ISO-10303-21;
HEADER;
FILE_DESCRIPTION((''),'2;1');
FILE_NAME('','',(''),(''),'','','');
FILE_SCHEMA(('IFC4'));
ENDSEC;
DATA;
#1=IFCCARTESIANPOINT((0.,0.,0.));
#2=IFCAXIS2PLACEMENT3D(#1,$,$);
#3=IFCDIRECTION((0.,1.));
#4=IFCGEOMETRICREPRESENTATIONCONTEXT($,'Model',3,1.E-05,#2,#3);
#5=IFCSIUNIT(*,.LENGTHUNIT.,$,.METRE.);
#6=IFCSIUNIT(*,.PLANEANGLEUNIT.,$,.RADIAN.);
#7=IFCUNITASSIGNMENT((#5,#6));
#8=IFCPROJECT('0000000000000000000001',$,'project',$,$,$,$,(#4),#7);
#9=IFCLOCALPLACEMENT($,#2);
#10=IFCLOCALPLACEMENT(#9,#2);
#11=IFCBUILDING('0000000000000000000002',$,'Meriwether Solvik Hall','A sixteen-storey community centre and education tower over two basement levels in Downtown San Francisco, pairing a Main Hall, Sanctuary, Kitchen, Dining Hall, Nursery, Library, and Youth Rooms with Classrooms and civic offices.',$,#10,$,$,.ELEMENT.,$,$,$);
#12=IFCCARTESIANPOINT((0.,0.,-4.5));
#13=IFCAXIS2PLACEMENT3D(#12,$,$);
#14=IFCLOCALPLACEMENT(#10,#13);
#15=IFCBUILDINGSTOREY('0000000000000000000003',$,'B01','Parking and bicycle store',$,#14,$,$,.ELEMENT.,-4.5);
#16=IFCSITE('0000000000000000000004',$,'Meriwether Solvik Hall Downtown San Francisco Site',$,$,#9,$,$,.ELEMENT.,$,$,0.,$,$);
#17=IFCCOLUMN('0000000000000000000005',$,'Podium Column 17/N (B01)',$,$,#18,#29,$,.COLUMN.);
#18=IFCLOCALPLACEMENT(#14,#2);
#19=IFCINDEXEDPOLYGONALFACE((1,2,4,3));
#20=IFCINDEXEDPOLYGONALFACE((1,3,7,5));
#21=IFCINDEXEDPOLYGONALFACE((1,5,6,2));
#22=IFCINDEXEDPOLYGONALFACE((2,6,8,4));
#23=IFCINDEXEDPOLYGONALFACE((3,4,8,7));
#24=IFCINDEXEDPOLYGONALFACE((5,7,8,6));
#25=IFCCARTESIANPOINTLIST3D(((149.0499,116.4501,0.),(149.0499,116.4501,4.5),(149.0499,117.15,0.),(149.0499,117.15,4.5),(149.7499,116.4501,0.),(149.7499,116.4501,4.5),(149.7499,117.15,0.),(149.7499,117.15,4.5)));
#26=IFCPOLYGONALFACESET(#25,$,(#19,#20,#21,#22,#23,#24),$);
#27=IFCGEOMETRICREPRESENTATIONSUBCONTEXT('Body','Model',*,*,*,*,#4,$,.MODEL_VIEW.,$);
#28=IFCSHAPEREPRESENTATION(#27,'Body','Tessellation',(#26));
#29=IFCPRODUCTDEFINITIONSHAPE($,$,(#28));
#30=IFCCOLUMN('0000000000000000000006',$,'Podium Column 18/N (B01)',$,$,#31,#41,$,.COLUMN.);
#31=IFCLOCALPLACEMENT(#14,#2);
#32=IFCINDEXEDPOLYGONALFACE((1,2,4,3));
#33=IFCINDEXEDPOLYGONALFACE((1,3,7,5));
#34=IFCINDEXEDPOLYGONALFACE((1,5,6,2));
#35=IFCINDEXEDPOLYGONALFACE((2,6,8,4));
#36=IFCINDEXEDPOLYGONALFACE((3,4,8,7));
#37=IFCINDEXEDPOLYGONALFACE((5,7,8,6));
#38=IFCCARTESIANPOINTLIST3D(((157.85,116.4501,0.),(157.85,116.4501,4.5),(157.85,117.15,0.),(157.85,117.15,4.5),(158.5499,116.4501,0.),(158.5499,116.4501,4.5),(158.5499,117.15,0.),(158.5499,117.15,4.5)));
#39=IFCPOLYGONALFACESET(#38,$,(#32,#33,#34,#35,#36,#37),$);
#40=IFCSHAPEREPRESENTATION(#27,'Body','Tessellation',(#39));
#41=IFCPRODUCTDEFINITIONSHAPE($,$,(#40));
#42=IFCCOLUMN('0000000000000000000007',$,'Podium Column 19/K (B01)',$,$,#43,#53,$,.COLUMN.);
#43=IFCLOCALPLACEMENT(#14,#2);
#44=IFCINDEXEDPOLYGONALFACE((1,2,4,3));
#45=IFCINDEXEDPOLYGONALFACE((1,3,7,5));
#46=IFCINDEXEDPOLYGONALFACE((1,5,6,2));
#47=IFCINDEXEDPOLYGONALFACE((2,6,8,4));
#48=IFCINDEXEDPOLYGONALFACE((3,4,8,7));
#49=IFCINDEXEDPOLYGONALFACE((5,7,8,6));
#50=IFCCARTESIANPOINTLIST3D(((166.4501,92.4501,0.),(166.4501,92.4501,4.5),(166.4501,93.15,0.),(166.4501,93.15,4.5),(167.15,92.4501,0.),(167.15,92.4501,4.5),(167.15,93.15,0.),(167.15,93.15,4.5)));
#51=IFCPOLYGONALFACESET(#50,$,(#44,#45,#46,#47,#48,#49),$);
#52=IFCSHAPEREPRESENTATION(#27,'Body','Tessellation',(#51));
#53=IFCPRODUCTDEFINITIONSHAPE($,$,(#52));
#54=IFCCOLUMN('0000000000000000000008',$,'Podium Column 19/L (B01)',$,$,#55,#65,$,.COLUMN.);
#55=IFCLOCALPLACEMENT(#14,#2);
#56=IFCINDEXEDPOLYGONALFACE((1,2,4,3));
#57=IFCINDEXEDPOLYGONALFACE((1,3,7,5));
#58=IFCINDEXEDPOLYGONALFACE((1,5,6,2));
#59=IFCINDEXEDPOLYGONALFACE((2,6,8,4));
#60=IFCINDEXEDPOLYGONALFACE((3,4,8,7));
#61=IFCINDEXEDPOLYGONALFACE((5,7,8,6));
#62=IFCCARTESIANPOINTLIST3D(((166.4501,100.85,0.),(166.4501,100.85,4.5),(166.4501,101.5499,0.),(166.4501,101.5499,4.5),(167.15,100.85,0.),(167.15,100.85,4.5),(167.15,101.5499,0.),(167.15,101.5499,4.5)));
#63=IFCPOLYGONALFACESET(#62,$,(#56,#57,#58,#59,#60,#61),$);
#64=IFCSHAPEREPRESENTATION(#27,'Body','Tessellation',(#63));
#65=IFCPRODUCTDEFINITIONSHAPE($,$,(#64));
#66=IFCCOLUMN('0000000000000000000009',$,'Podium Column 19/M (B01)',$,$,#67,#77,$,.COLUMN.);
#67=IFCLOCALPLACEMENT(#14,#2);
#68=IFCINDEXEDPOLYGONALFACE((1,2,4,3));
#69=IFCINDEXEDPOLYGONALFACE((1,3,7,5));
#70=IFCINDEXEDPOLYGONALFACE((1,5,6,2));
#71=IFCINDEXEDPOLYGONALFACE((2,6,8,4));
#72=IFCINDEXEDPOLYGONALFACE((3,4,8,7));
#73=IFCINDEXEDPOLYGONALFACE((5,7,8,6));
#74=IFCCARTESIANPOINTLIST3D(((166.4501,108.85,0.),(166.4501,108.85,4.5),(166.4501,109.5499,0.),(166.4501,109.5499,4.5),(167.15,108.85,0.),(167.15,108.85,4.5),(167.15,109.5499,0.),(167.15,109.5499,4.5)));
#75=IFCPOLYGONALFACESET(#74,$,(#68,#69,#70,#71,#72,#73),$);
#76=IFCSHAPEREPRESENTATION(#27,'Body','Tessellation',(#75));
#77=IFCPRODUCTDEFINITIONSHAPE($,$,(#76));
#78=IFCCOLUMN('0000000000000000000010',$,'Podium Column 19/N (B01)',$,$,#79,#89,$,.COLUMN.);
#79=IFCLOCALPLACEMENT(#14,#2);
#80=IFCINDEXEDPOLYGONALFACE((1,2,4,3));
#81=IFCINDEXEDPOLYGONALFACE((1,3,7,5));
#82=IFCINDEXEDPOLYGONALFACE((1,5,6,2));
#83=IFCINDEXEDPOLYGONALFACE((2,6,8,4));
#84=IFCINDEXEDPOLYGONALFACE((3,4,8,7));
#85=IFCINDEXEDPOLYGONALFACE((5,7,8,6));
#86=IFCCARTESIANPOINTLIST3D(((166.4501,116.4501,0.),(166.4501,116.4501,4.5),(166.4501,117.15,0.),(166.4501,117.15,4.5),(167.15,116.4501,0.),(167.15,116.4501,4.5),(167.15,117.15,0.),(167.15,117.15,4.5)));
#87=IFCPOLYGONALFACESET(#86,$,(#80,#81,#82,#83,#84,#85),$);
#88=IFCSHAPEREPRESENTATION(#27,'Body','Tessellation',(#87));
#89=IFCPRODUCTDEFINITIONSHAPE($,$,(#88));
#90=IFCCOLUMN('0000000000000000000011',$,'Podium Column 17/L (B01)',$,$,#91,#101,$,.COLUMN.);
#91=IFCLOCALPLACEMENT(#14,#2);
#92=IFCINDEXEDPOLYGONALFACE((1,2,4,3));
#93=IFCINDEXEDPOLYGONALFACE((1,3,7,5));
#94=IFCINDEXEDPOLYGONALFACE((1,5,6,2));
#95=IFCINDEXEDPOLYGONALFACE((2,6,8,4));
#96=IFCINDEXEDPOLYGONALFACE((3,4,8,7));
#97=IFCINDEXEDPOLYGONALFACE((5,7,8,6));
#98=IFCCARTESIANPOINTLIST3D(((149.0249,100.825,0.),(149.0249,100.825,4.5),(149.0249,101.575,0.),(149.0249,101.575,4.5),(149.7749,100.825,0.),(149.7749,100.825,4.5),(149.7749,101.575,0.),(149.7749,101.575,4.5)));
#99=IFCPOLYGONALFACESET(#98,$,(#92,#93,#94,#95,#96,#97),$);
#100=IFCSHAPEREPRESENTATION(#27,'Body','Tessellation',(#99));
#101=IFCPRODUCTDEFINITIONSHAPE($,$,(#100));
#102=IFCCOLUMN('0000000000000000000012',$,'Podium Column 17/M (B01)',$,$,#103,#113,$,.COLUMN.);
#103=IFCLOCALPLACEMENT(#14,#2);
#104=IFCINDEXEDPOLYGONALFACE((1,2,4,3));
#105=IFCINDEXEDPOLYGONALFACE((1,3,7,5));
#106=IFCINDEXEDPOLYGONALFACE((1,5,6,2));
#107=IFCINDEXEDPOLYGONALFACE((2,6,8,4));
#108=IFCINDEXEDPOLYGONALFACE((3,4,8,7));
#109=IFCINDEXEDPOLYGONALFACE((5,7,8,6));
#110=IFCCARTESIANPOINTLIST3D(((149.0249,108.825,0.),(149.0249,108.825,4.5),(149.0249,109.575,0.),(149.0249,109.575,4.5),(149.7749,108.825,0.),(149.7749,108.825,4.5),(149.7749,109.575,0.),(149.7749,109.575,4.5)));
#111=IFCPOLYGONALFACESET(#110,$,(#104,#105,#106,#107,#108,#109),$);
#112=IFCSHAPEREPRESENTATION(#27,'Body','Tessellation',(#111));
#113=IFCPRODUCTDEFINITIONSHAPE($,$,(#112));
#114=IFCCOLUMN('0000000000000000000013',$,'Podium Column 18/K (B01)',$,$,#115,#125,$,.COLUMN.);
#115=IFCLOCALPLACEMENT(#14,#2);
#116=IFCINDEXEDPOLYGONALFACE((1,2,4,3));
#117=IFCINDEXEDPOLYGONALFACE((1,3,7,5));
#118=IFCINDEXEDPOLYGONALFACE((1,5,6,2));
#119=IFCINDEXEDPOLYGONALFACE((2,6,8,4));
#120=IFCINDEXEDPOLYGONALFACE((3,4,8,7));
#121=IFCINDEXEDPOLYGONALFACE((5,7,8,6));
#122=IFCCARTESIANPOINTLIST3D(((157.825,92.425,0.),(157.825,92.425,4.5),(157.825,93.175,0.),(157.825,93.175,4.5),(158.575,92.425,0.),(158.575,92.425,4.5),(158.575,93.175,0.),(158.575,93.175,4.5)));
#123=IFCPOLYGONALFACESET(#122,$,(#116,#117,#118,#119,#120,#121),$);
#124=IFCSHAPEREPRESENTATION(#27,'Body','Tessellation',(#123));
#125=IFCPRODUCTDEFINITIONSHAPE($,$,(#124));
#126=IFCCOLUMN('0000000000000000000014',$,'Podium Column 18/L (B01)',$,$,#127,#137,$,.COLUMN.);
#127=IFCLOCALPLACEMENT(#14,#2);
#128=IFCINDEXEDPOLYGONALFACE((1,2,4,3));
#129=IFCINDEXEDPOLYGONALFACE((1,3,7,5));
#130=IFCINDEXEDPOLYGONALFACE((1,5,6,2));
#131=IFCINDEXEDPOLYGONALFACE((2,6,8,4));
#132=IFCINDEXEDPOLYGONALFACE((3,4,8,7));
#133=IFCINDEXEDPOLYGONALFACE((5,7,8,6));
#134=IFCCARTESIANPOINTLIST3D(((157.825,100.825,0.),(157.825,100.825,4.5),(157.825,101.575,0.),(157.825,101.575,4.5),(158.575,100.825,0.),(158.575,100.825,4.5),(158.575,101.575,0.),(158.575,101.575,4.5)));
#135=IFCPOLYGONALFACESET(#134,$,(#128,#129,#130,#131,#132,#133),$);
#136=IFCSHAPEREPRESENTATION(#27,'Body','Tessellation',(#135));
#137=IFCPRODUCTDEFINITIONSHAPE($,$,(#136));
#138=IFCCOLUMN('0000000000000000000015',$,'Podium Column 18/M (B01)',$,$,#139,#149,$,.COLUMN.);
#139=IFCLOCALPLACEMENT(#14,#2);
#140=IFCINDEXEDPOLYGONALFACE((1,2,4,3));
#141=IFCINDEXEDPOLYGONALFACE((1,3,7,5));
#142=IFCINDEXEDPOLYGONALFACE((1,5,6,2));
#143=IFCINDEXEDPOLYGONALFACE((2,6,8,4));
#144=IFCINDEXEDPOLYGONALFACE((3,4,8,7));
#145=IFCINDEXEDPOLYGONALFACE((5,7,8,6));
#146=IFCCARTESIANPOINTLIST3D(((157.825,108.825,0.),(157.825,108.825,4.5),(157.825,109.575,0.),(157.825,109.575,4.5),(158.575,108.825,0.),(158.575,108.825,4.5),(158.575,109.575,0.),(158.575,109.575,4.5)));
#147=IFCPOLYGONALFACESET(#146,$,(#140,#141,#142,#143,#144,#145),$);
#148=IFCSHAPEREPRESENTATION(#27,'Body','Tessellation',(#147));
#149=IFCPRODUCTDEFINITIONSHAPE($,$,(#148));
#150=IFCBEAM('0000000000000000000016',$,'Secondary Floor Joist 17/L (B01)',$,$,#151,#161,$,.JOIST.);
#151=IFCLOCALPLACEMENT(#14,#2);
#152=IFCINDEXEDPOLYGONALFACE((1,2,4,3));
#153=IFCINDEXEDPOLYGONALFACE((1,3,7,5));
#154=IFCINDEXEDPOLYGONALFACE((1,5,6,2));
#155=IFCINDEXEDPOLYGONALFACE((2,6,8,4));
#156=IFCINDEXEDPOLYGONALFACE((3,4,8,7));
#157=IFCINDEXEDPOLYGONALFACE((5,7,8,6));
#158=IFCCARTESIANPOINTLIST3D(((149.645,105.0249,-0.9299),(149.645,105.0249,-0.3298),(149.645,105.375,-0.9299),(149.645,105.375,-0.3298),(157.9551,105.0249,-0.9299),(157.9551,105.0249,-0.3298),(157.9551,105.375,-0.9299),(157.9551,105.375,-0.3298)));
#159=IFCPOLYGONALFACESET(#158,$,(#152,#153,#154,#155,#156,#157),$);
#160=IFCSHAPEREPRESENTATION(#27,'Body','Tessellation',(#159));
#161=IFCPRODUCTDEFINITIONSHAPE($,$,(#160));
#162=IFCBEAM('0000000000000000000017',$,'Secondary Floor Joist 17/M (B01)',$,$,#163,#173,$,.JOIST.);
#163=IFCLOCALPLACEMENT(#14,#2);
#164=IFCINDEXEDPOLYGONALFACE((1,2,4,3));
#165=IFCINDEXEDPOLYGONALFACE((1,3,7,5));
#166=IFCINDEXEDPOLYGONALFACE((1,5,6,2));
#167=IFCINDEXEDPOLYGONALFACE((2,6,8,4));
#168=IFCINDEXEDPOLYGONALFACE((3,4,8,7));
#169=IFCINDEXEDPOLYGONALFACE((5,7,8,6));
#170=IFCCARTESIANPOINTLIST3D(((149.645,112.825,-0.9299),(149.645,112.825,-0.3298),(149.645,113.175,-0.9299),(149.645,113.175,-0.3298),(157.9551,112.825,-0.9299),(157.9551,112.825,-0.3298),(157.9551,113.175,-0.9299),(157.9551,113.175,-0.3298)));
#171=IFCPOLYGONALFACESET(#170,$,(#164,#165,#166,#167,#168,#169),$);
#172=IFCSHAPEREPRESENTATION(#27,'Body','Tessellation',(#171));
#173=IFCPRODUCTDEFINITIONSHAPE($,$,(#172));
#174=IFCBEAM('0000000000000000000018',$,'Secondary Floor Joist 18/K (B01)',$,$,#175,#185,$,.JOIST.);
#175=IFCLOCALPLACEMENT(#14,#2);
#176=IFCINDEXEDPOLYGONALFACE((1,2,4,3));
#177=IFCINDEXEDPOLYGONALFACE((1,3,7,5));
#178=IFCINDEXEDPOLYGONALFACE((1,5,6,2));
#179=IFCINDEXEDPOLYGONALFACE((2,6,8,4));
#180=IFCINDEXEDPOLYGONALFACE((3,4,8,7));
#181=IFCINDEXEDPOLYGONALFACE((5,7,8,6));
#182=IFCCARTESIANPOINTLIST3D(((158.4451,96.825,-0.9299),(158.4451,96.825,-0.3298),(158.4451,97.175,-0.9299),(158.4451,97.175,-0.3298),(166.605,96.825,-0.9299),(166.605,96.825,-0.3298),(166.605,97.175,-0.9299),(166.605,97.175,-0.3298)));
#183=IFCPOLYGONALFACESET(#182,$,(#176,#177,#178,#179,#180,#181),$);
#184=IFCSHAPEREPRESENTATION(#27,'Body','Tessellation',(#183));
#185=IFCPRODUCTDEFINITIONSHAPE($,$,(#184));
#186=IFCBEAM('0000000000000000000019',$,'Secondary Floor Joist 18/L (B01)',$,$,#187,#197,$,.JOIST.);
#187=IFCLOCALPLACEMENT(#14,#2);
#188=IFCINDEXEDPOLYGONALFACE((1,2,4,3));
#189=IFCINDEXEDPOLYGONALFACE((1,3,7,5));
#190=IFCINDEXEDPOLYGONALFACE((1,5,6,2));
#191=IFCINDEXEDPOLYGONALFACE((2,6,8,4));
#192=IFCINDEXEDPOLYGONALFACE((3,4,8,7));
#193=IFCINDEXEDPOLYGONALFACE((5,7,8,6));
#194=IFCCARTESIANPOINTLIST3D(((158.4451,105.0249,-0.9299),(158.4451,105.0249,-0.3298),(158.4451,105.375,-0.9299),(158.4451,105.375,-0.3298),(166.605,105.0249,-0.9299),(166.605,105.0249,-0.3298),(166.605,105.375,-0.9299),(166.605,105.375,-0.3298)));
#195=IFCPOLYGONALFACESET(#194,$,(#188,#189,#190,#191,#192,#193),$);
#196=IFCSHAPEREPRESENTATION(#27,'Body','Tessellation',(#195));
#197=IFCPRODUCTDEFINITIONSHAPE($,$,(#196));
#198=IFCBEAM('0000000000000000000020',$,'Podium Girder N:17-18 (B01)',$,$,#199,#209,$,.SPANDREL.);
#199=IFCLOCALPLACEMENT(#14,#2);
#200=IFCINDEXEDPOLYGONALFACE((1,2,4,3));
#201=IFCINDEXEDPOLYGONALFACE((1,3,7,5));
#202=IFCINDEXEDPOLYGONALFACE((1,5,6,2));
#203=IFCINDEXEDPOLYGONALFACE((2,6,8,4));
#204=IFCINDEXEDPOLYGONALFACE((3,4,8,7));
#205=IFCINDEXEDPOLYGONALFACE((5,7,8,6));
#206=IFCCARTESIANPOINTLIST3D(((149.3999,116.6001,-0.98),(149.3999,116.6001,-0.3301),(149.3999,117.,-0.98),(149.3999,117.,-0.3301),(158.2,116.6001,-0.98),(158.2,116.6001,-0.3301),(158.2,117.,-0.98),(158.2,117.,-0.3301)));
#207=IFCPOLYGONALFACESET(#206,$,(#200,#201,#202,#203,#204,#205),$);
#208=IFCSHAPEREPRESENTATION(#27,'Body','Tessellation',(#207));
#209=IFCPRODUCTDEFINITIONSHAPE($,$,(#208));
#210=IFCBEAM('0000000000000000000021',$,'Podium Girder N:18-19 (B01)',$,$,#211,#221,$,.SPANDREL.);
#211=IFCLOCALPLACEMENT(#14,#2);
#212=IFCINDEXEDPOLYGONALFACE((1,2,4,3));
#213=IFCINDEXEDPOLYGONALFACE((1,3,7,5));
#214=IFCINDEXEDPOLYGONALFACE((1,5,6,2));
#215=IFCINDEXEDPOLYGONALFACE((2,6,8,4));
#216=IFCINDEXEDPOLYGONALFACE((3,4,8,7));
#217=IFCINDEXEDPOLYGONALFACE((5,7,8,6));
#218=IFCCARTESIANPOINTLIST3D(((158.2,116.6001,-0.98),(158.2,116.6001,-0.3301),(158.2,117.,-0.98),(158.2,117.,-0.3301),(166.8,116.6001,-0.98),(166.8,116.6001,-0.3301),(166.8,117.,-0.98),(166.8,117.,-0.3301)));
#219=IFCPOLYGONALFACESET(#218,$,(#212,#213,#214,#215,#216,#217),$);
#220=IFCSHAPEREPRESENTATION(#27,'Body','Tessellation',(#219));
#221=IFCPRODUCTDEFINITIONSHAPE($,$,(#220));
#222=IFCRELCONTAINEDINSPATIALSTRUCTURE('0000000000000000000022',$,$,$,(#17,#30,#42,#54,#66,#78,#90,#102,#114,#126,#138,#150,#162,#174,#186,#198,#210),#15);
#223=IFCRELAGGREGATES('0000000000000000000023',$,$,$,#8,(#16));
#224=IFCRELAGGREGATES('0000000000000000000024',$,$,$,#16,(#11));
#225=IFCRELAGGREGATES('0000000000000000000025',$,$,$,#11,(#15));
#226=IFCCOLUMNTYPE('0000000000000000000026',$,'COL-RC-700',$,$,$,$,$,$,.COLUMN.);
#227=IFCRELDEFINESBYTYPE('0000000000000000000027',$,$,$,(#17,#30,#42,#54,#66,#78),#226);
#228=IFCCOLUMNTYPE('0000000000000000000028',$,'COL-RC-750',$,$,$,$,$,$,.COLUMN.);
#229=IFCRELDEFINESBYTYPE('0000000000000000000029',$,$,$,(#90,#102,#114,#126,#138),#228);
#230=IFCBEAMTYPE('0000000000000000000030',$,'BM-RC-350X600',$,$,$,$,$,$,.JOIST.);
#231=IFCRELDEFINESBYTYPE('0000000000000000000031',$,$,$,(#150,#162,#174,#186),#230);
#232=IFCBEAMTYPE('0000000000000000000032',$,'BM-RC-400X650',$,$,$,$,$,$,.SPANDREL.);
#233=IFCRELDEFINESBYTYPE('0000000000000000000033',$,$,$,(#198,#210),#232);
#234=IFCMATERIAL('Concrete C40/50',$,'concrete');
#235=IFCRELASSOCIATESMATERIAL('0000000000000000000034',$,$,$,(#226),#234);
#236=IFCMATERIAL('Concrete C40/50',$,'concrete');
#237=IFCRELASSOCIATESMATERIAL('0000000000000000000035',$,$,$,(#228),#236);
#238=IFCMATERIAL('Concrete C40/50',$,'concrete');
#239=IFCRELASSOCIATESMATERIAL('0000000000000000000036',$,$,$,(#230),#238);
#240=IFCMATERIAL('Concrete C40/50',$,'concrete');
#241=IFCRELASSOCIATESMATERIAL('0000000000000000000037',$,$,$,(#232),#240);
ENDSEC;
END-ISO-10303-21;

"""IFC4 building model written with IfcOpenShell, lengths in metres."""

from ifc_helpers import new_model, si_unit, direction, frame, origin, origin_2d, place, context, subcontext, project, spatial, rectangle, extrude, material, material_profile, profile_set, type_object, element, save


model = new_model("IFC4")

# Units and contexts
model_context = context("Model", 3, precision=1e-05, world=origin(), true_north=direction((0.0, 1.0)))
body_context = subcontext(model_context, "Body", "Model", "MODEL_VIEW")
ifc_project = project(units=[si_unit("LENGTHUNIT", "METRE"), si_unit("PLANEANGLEUNIT", "RADIAN")], contexts=[model_context])

# Site, building, storey
site_placement = place(None, origin())
site = spatial("IfcSite", under=ifc_project, at=site_placement, Name="Meriwether Solvik Hall Downtown San Francisco Site", CompositionType="ELEMENT", RefElevation=0.0)
building_placement = place(site_placement, origin())
building = spatial("IfcBuilding", under=site, at=building_placement, Name="Meriwether Solvik Hall", Description="A sixteen-storey community centre and education tower over two basement levels in Downtown San Francisco, pairing a Main Hall, Sanctuary, Kitchen, Dining Hall, Nursery, Library, and Youth Rooms with Classrooms and civic offices.", CompositionType="ELEMENT")
storey_placement = place(building_placement, frame((0.0, 0.0, -4.5)))
storey = spatial("IfcBuildingStorey", under=building, at=storey_placement, Name="B01", Description="Parking and bicycle store", CompositionType="ELEMENT", Elevation=-4.5)

# Columns
ifc_material_1 = material(Name="Concrete C40/50", Category="concrete")
ifc_material_profile_1 = material_profile(ifc_material_1, rectangle(XDim=0.7, YDim=0.7, at=origin_2d()), Name="RCC-700X700")
ifc_profile_set_1 = profile_set([ifc_material_profile_1], Name="Concrete C40/50")
column_type_1 = type_object("IfcColumnType", Name="COL-RC-700", PredefinedType="COLUMN", material=ifc_profile_set_1)
for number, where, z_axis, x_axis, name in (
    (1, (149.3999, 116.8, 0.0), (0.0, 0.0, 1.0), (1.0, 0.0, 0.0), "Podium Column 17/N (B01)"),
    (2, (158.2, 116.8, 0.0), (0.0, 0.0, 1.0), (1.0, 0.0, 0.0), "Podium Column 18/N (B01)"),
    (3, (166.8, 92.8, 0.0), (0.0, 0.0, 1.0), (1.0, 0.0, 0.0), "Podium Column 19/K (B01)"),
    (4, (166.8, 101.2, 0.0), (0.0, 0.0, 1.0), (1.0, 0.0, 0.0), "Podium Column 19/L (B01)"),
    (5, (166.8, 109.2, 0.0), (0.0, 0.0, 1.0), (1.0, 0.0, 0.0), "Podium Column 19/M (B01)"),
    (6, (166.8, 116.8, 0.0), (0.0, 0.0, 1.0), (1.0, 0.0, 0.0), "Podium Column 19/N (B01)"),
):
    element("IfcColumn", number, at=place(storey_placement, frame(where, z_axis=z_axis, x_axis=x_axis)), inside=storey, type_object=column_type_1, Name=name, PredefinedType="COLUMN", context=body_context, shape_type="SweptSolid", body=[
        extrude(rectangle(XDim=0.7, YDim=0.7, at=origin_2d()), origin(), (0.0, 0.0, 1.0), 4.5),
    ])
ifc_material_2 = material(Name="Concrete C40/50", Category="concrete")
ifc_material_profile_2 = material_profile(ifc_material_2, rectangle(XDim=0.75, YDim=0.75, at=origin_2d()), Name="RCC-750X750")
ifc_profile_set_2 = profile_set([ifc_material_profile_2], Name="Concrete C40/50")
column_type_2 = type_object("IfcColumnType", Name="COL-RC-750", PredefinedType="COLUMN", material=ifc_profile_set_2)
for number, where, z_axis, x_axis, name in (
    (7, (149.3999, 101.2, 0.0), (0.0, 0.0, 1.0), (1.0, 0.0, 0.0), "Podium Column 17/L (B01)"),
    (8, (149.3999, 109.2, 0.0), (0.0, 0.0, 1.0), (1.0, 0.0, 0.0), "Podium Column 17/M (B01)"),
    (9, (158.2, 92.8, 0.0), (0.0, 0.0, 1.0), (1.0, 0.0, 0.0), "Podium Column 18/K (B01)"),
    (10, (158.2, 101.2, 0.0), (0.0, 0.0, 1.0), (1.0, 0.0, 0.0), "Podium Column 18/L (B01)"),
    (11, (158.2, 109.2, 0.0), (0.0, 0.0, 1.0), (1.0, 0.0, 0.0), "Podium Column 18/M (B01)"),
):
    element("IfcColumn", number, at=place(storey_placement, frame(where, z_axis=z_axis, x_axis=x_axis)), inside=storey, type_object=column_type_2, Name=name, PredefinedType="COLUMN", context=body_context, shape_type="SweptSolid", body=[
        extrude(rectangle(XDim=0.75, YDim=0.75, at=origin_2d()), origin(), (0.0, 0.0, 1.0), 4.5),
    ])

# Beams
ifc_material_3 = material(Name="Concrete C40/50", Category="concrete")
ifc_material_profile_3 = material_profile(ifc_material_3, rectangle(XDim=0.3501, YDim=0.6001, at=origin_2d()), Name="RCB-350X600")
ifc_profile_set_3 = profile_set([ifc_material_profile_3], Name="Concrete C40/50")
beam_type_1 = type_object("IfcBeamType", Name="BM-RC-350X600", PredefinedType="JOIST", material=ifc_profile_set_3)
for number, where, z_axis, x_axis, name in (
    (12, (149.645, 105.2, -0.6299), (1.0, 0.0, 0.0), (0.0, 1.0, 0.0), "Secondary Floor Joist 17/L (B01)"),
    (13, (149.645, 113.0, -0.6299), (1.0, 0.0, 0.0), (0.0, 1.0, 0.0), "Secondary Floor Joist 17/M (B01)"),
):
    element("IfcBeam", number, at=place(storey_placement, frame(where, z_axis=z_axis, x_axis=x_axis)), inside=storey, type_object=beam_type_1, Name=name, PredefinedType="JOIST", context=body_context, shape_type="SweptSolid", body=[
        extrude(rectangle(XDim=0.3501, YDim=0.6001, at=origin_2d()), origin(), (0.0, 0.0, 1.0), 8.3101),
    ])
for number, where, z_axis, x_axis, name in (
    (14, (158.4451, 97.0, -0.6299), (1.0, 0.0, 0.0), (0.0, 1.0, 0.0), "Secondary Floor Joist 18/K (B01)"),
    (15, (158.4451, 105.2, -0.6299), (1.0, 0.0, 0.0), (0.0, 1.0, 0.0), "Secondary Floor Joist 18/L (B01)"),
):
    element("IfcBeam", number, at=place(storey_placement, frame(where, z_axis=z_axis, x_axis=x_axis)), inside=storey, type_object=beam_type_1, Name=name, PredefinedType="JOIST", context=body_context, shape_type="SweptSolid", body=[
        extrude(rectangle(XDim=0.3501, YDim=0.6001, at=origin_2d()), origin(), (0.0, 0.0, 1.0), 8.1599),
    ])
ifc_material_4 = material(Name="Concrete C40/50", Category="concrete")
ifc_material_profile_4 = material_profile(ifc_material_4, rectangle(XDim=0.3999, YDim=0.6499, at=origin_2d()), Name="RCB-400X650")
ifc_profile_set_4 = profile_set([ifc_material_profile_4], Name="Concrete C40/50")
beam_type_2 = type_object("IfcBeamType", Name="BM-RC-400X650", PredefinedType="SPANDREL", material=ifc_profile_set_4)
beam_1_placement = place(storey_placement, frame((149.3999, 116.8, -0.655), z_axis=(1.0, 0.0, 0.0), x_axis=(0.0, 1.0, 0.0)))
element("IfcBeam", 16, at=beam_1_placement, inside=storey, type_object=beam_type_2, Name="Podium Girder N:17-18 (B01)", PredefinedType="SPANDREL", context=body_context, shape_type="SweptSolid", body=[
    extrude(rectangle(XDim=0.3999, YDim=0.6499, at=origin_2d()), origin(), (0.0, 0.0, 1.0), 8.8),
])
beam_2_placement = place(storey_placement, frame((158.2, 116.8, -0.655), z_axis=(1.0, 0.0, 0.0), x_axis=(0.0, 1.0, 0.0)))
element("IfcBeam", 17, at=beam_2_placement, inside=storey, type_object=beam_type_2, Name="Podium Girder N:18-19 (B01)", PredefinedType="SPANDREL", context=body_context, shape_type="SweptSolid", body=[
    extrude(rectangle(XDim=0.3999, YDim=0.6499, at=origin_2d()), origin(), (0.0, 0.0, 1.0), 8.6001),
])

save(model, "model.ifc")
